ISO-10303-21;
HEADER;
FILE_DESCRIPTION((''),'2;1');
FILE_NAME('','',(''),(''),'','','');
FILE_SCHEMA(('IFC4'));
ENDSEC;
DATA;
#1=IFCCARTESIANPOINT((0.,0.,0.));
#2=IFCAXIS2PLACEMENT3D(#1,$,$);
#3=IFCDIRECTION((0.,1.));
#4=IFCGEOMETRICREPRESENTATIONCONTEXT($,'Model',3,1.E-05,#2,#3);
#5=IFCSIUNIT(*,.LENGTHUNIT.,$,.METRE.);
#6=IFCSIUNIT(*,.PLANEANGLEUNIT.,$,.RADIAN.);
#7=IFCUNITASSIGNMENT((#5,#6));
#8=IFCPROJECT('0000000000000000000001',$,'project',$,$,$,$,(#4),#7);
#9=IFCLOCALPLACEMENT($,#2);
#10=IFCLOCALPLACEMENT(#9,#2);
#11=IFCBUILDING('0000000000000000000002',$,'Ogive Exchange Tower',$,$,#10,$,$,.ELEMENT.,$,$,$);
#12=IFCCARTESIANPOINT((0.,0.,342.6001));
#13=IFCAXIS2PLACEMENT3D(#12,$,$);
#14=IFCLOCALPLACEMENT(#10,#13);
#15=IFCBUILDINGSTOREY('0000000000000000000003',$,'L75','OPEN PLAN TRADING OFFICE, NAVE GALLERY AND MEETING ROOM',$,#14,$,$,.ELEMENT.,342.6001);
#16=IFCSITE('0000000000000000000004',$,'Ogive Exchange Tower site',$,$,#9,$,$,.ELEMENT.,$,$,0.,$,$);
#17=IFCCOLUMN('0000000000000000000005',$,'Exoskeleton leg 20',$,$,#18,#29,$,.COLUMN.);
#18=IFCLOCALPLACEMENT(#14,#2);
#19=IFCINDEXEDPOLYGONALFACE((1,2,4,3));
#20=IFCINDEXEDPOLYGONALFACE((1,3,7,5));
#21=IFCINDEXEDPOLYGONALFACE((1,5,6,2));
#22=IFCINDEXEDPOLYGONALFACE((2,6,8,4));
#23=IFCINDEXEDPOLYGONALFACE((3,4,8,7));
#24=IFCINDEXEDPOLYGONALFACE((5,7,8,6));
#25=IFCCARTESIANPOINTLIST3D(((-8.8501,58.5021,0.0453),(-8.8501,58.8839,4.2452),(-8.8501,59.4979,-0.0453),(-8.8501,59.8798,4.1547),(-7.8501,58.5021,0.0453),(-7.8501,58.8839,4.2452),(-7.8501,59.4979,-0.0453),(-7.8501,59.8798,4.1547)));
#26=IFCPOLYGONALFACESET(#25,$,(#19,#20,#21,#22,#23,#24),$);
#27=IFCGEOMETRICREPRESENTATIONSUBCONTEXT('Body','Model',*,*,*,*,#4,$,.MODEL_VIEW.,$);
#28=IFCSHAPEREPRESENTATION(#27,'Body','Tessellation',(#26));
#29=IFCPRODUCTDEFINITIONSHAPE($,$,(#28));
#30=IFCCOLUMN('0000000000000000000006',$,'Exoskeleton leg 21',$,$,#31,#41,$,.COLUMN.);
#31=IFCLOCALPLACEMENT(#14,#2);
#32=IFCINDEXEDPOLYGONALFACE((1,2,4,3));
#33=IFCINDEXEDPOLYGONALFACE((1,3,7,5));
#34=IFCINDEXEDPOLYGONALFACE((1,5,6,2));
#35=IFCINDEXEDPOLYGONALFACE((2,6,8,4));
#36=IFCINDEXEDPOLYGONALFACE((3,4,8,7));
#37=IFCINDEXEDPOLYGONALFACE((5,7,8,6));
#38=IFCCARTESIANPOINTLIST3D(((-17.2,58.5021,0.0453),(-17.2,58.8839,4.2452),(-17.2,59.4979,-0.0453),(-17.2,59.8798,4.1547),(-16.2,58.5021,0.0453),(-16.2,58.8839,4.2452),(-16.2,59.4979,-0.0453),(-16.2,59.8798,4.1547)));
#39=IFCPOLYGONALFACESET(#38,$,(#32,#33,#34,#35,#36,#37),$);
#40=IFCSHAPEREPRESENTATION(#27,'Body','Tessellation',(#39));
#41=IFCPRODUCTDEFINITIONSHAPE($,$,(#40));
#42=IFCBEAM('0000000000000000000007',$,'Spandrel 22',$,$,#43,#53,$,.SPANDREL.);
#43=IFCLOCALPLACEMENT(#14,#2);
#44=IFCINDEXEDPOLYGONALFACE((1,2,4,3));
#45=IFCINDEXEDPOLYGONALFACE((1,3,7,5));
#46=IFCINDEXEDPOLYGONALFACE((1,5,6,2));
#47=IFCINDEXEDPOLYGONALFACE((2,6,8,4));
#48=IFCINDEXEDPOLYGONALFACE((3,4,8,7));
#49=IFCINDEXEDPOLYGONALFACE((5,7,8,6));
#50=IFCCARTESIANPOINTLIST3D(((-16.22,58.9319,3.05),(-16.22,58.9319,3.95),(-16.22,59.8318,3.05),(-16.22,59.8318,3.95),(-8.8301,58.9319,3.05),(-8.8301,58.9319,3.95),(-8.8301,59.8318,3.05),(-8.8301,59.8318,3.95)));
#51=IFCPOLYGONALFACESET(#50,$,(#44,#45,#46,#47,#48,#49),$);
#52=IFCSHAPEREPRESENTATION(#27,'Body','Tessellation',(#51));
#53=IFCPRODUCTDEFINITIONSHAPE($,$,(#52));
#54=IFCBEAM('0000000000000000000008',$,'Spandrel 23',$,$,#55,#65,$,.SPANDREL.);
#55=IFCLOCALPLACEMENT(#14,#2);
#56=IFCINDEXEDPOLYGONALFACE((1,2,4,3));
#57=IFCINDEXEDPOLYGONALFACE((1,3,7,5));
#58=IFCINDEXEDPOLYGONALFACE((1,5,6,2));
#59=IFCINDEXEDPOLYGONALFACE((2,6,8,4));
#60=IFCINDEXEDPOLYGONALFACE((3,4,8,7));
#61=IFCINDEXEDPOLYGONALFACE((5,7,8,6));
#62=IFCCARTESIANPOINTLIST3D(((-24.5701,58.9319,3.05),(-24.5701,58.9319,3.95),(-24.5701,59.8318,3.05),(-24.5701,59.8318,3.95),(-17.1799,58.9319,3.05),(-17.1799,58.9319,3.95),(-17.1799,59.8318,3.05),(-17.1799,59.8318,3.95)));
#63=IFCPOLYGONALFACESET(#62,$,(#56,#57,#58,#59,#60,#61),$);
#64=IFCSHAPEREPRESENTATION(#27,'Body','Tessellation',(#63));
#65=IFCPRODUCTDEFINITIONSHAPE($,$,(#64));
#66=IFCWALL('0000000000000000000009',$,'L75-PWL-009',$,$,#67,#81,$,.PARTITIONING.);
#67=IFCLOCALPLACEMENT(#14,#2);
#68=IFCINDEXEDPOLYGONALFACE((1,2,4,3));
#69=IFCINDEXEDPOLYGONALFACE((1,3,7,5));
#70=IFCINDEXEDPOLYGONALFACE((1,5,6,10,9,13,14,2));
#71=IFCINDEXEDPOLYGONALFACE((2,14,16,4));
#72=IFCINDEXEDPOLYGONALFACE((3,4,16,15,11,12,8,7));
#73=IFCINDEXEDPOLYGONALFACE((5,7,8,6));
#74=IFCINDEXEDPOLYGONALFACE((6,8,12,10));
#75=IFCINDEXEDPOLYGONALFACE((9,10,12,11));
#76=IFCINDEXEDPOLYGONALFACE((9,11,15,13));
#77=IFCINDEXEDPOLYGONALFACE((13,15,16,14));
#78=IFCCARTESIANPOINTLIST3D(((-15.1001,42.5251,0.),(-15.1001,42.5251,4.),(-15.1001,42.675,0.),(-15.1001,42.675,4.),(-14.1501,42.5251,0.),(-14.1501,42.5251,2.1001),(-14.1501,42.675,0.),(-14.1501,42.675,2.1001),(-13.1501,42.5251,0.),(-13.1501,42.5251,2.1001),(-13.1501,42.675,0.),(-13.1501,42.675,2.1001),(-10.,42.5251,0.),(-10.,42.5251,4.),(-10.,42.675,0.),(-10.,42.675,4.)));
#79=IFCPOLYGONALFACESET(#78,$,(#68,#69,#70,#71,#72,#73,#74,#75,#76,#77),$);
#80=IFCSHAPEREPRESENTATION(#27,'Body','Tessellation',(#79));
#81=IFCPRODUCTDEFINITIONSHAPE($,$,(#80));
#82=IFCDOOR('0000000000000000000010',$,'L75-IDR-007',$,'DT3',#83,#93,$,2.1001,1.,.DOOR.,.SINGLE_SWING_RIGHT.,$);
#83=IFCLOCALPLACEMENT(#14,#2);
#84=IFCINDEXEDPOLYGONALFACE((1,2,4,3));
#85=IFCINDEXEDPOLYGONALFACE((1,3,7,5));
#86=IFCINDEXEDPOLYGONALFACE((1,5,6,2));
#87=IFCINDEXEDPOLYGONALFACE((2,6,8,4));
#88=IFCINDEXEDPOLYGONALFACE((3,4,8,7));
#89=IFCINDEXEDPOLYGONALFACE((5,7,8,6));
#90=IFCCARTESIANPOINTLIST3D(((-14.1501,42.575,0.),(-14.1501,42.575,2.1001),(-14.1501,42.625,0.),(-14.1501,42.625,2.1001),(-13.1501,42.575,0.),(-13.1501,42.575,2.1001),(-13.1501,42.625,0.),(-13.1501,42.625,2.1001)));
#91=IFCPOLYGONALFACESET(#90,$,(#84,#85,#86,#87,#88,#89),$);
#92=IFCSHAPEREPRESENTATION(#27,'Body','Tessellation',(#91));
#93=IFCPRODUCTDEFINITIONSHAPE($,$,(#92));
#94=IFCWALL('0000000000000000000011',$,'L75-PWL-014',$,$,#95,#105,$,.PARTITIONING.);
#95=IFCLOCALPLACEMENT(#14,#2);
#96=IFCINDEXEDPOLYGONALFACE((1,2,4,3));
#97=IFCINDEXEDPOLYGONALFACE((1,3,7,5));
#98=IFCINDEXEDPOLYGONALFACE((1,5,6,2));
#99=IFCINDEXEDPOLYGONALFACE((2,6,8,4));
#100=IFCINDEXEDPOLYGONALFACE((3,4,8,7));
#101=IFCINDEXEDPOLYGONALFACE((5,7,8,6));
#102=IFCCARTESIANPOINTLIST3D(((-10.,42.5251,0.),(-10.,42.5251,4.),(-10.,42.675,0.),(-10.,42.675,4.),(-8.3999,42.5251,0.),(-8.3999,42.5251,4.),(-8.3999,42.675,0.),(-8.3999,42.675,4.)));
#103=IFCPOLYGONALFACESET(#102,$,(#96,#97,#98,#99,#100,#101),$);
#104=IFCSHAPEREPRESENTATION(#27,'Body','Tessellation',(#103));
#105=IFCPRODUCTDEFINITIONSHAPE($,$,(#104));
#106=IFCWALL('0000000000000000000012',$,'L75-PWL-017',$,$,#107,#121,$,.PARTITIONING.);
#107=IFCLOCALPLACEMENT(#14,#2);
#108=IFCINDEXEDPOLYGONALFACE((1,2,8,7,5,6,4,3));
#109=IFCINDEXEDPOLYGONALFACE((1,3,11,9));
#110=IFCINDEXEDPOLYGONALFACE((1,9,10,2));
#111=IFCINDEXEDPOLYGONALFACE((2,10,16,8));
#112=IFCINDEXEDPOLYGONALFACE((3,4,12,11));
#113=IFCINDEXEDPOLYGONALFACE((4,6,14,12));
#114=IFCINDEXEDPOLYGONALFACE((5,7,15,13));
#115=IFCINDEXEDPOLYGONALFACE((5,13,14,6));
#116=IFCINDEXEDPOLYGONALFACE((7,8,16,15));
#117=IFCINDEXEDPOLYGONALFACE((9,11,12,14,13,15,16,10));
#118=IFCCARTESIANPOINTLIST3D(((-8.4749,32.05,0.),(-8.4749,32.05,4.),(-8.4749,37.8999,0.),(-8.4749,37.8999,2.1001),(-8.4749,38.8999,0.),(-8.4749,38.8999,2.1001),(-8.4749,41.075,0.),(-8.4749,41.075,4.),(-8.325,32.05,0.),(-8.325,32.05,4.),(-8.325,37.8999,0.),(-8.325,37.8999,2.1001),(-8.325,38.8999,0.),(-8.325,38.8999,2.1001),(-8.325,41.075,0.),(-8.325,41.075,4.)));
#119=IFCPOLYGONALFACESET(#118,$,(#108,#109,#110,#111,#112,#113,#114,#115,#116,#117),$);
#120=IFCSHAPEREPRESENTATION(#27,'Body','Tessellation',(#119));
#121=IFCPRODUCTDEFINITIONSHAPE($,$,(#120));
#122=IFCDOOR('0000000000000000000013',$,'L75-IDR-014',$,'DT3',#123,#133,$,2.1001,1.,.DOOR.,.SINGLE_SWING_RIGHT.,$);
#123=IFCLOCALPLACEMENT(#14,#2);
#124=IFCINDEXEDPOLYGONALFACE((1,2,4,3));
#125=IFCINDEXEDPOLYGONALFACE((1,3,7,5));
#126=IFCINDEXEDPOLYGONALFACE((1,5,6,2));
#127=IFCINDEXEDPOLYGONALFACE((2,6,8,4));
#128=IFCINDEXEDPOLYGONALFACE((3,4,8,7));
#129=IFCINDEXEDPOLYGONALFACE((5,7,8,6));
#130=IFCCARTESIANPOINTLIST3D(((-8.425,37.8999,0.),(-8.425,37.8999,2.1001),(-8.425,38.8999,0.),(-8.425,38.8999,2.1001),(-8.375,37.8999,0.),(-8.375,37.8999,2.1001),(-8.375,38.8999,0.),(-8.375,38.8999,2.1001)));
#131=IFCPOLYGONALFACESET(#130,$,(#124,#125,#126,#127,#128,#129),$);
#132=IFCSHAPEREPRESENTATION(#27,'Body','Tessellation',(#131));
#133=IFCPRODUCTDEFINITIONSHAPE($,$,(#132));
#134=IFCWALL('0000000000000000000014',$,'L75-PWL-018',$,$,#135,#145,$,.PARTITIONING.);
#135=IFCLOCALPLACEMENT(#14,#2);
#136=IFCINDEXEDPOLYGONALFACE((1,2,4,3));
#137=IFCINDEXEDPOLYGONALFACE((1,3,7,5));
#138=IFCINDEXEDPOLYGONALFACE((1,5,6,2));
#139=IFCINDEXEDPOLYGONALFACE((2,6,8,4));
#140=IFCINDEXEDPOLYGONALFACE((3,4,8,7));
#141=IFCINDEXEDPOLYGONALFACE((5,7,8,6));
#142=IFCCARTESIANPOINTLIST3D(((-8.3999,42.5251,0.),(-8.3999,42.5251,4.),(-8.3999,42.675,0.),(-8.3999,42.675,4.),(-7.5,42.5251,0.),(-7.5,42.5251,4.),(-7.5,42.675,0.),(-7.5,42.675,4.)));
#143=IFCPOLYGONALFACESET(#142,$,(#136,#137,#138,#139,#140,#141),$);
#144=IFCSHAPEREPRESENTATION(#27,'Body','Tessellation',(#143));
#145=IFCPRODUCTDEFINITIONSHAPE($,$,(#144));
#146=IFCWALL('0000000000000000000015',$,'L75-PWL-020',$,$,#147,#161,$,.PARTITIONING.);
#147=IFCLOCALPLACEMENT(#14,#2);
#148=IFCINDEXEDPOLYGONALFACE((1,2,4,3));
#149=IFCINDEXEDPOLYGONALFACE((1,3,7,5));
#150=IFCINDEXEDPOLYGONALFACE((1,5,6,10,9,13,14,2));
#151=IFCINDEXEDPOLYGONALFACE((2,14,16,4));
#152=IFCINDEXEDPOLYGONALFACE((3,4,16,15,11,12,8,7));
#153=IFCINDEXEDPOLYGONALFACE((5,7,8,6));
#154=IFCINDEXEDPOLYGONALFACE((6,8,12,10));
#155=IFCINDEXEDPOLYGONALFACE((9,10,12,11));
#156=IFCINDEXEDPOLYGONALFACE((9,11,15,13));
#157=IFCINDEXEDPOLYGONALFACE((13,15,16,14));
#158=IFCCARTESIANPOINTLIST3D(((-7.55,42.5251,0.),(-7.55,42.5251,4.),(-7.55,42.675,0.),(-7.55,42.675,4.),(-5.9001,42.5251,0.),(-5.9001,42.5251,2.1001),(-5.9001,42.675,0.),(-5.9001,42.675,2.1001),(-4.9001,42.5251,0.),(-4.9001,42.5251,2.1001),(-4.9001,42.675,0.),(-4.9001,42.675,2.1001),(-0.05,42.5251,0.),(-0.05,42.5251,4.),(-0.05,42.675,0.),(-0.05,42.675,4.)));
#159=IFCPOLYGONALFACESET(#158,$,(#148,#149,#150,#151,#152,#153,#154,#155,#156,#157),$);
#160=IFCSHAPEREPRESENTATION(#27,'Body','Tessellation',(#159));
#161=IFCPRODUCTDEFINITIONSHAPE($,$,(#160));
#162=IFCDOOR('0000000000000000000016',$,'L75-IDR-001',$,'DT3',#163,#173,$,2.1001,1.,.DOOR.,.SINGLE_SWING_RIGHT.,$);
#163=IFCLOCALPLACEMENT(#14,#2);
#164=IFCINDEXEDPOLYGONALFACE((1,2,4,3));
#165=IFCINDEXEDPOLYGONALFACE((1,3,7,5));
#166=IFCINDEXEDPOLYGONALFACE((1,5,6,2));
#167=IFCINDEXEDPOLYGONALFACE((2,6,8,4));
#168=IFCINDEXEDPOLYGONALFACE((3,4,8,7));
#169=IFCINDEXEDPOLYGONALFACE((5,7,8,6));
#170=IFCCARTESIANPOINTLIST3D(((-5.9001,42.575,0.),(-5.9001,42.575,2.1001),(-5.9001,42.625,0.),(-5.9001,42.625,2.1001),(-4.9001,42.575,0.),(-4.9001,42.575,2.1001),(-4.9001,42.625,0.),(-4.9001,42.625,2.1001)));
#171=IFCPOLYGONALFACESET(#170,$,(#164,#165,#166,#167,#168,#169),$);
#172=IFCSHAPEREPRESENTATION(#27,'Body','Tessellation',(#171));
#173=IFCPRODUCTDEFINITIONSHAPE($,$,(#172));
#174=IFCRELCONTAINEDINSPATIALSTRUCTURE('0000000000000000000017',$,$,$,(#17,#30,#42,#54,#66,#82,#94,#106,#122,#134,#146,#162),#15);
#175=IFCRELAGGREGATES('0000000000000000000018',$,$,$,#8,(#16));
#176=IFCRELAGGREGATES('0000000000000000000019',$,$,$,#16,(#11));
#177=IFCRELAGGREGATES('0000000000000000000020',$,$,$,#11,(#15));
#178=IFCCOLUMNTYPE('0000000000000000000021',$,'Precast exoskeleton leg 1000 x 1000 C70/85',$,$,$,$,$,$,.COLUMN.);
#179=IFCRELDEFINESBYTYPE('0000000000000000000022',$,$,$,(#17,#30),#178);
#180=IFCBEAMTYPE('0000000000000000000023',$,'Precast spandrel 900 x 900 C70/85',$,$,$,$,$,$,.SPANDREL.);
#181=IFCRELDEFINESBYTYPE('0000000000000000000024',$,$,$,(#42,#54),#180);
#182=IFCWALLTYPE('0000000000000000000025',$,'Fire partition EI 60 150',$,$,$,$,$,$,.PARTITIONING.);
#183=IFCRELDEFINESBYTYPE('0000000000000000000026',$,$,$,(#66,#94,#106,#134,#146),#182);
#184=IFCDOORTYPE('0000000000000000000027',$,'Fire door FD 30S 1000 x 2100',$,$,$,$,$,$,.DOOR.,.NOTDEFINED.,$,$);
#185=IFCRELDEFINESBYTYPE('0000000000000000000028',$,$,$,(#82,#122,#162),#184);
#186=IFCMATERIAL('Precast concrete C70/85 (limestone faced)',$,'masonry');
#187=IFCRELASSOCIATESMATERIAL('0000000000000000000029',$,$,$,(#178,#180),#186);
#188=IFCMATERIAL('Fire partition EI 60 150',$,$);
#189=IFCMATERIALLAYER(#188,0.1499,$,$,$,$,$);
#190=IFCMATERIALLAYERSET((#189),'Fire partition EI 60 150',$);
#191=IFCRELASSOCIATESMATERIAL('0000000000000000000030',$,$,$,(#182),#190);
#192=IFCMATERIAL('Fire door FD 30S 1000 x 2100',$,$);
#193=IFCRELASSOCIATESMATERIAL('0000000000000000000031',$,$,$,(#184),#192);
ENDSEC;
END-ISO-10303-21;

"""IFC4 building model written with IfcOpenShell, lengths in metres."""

from ifc_helpers import new_model, si_unit, direction, frame, frame_2d, origin, origin_2d, place, context, subcontext, project, spatial, rectangle, extrude, material, layer, layer_set, material_profile, profile_set, type_object, element, fill, save


model = new_model("IFC4")

# Units and contexts
model_context = context("Model", 3, precision=1e-05, world=origin(), true_north=direction((0.0, 1.0)))
body_context = subcontext(model_context, "Body", "Model", "MODEL_VIEW")
ifc_project = project(units=[si_unit("LENGTHUNIT", "METRE"), si_unit("PLANEANGLEUNIT", "RADIAN")], contexts=[model_context])

# Site, building, storey
site_placement = place(None, origin())
site = spatial("IfcSite", under=ifc_project, at=site_placement, Name="Ogive Exchange Tower site", CompositionType="ELEMENT", RefElevation=0.0)
building_placement = place(site_placement, origin())
building = spatial("IfcBuilding", under=site, at=building_placement, Name="Ogive Exchange Tower", CompositionType="ELEMENT")
storey_placement = place(building_placement, frame((0.0, 0.0, 342.6001)))
storey = spatial("IfcBuildingStorey", under=building, at=storey_placement, Name="L75", Description="OPEN PLAN TRADING OFFICE, NAVE GALLERY AND MEETING ROOM", CompositionType="ELEMENT", Elevation=342.6001)

# Columns
ifc_material_1 = material(Name="Precast concrete C70/85 (limestone faced)", Category="masonry")
ifc_material_profile_1 = material_profile(ifc_material_1, rectangle(XDim=1.0, YDim=1.0, at=origin_2d()), Name="1000 x 1000")
ifc_profile_set_1 = profile_set([ifc_material_profile_1], Name="Precast concrete C70/85 (limestone faced)")
column_type = type_object("IfcColumnType", Name="Precast exoskeleton leg 1000 x 1000 C70/85", PredefinedType="COLUMN", material=ifc_profile_set_1)
for number, where, z_axis, x_axis, name in (
    (1, (-8.3501, 59.0, 0.0), (0.0, 0.090541, 0.995893), (-1.0, 0.0, 0.0), "Exoskeleton leg 20"),
    (2, (-16.7, 59.0, 0.0), (0.0, 0.090541, 0.995893), (-1.0, 0.0, 0.0), "Exoskeleton leg 21"),
):
    element("IfcColumn", number, at=place(storey_placement, frame(where, z_axis=z_axis, x_axis=x_axis)), inside=storey, type_object=column_type, Name=name, PredefinedType="COLUMN", context=body_context, shape_type="SweptSolid", body=[
        extrude(rectangle(XDim=1.0, YDim=1.0, at=origin_2d()), origin(), (0.0, 0.0, 1.0), 4.2173),
    ])

# Beams
ifc_material_profile_2 = material_profile(ifc_material_1, rectangle(XDim=0.8999, YDim=0.8999, at=origin_2d()), Name="900 x 900")
ifc_profile_set_2 = profile_set([ifc_material_profile_2], Name="Precast concrete C70/85 (limestone faced)")
beam_type = type_object("IfcBeamType", Name="Precast spandrel 900 x 900 C70/85", PredefinedType="SPANDREL", material=ifc_profile_set_2)
beam_1_placement = place(storey_placement, frame((-8.8301, 59.3818, 3.5), z_axis=(-1.0, 0.0, 0.0), x_axis=(0.0, -1.0, 0.0)))
element("IfcBeam", 3, at=beam_1_placement, inside=storey, type_object=beam_type, Name="Spandrel 22", PredefinedType="SPANDREL", context=body_context, shape_type="SweptSolid", body=[
    extrude(rectangle(XDim=0.8999, YDim=0.8999, at=origin_2d()), origin(), (0.0, 0.0, 1.0), 7.3899),
])
beam_2_placement = place(storey_placement, frame((-17.1799, 59.3818, 3.5), z_axis=(-1.0, 0.0, 0.0), x_axis=(0.0, -1.0, 0.0)))
element("IfcBeam", 4, at=beam_2_placement, inside=storey, type_object=beam_type, Name="Spandrel 23", PredefinedType="SPANDREL", context=body_context, shape_type="SweptSolid", body=[
    extrude(rectangle(XDim=0.8999, YDim=0.8999, at=origin_2d()), origin(), (0.0, 0.0, 1.0), 7.3901),
])

# Wall, opening, door
ifc_material_2 = material(Name="Fire partition EI 60 150")
ifc_layer_1 = layer(ifc_material_2, 0.1499)
ifc_layer_set_1 = layer_set([ifc_layer_1], Name="Fire partition EI 60 150")
wall_type_1 = type_object("IfcWallType", Name="Fire partition EI 60 150", PredefinedType="PARTITIONING", material=ifc_layer_set_1)
wall_1_placement = place(storey_placement, frame((-15.1001, 42.6001, 0.0), z_axis=(0.0, 0.0, 1.0), x_axis=(1.0, 0.0, 0.0)))
wall_1 = element("IfcWall", 5, at=wall_1_placement, inside=storey, type_object=wall_type_1, Name="L75-PWL-009", PredefinedType="PARTITIONING", context=body_context, shape_type="SweptSolid", body=[
    extrude(rectangle(XDim=5.1001, YDim=0.1499, at=frame_2d((2.55, 0.0))), origin(), (0.0, 0.0, 1.0), 4.0),
])
opening_1_placement = place(wall_1_placement, frame((0.95, 0.0, 0.0)))
opening_1 = element("IfcOpeningElement", 6, at=opening_1_placement, cuts=wall_1, PredefinedType="OPENING", context=body_context, shape_type="SweptSolid", body=[
    extrude(rectangle(XDim=1.0, YDim=2.1001, at=frame_2d((0.5, 1.05))), frame((0.0, 0.085, 0.0), z_axis=(0.0, -1.0, 0.0), x_axis=(1.0, 0.0, 0.0)), (0.0, 0.0, 1.0), 0.1699),
])
ifc_material_3 = material(Name="Fire door FD 30S 1000 x 2100")
door_type_1 = type_object("IfcDoorType", Name="Fire door FD 30S 1000 x 2100", OperationType="NOTDEFINED", PredefinedType="DOOR", material=ifc_material_3)
door_1_placement = place(opening_1_placement, origin())
door_1 = element("IfcDoor", 7, at=door_1_placement, inside=storey, type_object=door_type_1, Name="L75-IDR-007", ObjectType="DT3", OperationType="SINGLE_SWING_RIGHT", OverallHeight=2.1001, OverallWidth=1.0, PredefinedType="DOOR", context=body_context, shape_type="SweptSolid", body=[
    extrude(rectangle(XDim=1.0, YDim=2.1001, at=frame_2d((0.5, 1.05))), frame((0.0, 0.0249, 0.0), z_axis=(0.0, -1.0, 0.0), x_axis=(1.0, 0.0, 0.0)), (0.0, 0.0, 1.0), 0.05),
])
fill(opening_1, door_1)

# Wall
wall_2_placement = place(storey_placement, frame((-10.0, 42.6001, 0.0), z_axis=(0.0, 0.0, 1.0), x_axis=(1.0, 0.0, 0.0)))
element("IfcWall", 8, at=wall_2_placement, inside=storey, type_object=wall_type_1, Name="L75-PWL-014", PredefinedType="PARTITIONING", context=body_context, shape_type="SweptSolid", body=[
    extrude(rectangle(XDim=1.6001, YDim=0.1499, at=frame_2d((0.8, 0.0))), origin(), (0.0, 0.0, 1.0), 4.0),
])

# Wall, opening, door
wall_3_placement = place(storey_placement, frame((-8.3999, 41.075, 0.0), z_axis=(0.0, 0.0, 1.0), x_axis=(0.0, -1.0, 0.0)))
wall_3 = element("IfcWall", 9, at=wall_3_placement, inside=storey, type_object=wall_type_1, Name="L75-PWL-017", PredefinedType="PARTITIONING", context=body_context, shape_type="SweptSolid", body=[
    extrude(rectangle(XDim=9.0249, YDim=0.1499, at=frame_2d((4.5125, 0.0))), origin(), (0.0, 0.0, 1.0), 4.0),
])
opening_2_placement = place(wall_3_placement, frame((2.175, 0.0, 0.0)))
opening_2 = element("IfcOpeningElement", 10, at=opening_2_placement, cuts=wall_3, PredefinedType="OPENING", context=body_context, shape_type="SweptSolid", body=[
    extrude(rectangle(XDim=1.0, YDim=2.1001, at=frame_2d((0.5, 1.05))), frame((0.0, 0.085, 0.0), z_axis=(0.0, -1.0, 0.0), x_axis=(1.0, 0.0, 0.0)), (0.0, 0.0, 1.0), 0.1699),
])
door_2_placement = place(opening_2_placement, origin())
door_2 = element("IfcDoor", 11, at=door_2_placement, inside=storey, type_object=door_type_1, Name="L75-IDR-014", ObjectType="DT3", OperationType="SINGLE_SWING_RIGHT", OverallHeight=2.1001, OverallWidth=1.0, PredefinedType="DOOR", context=body_context, shape_type="SweptSolid", body=[
    extrude(rectangle(XDim=1.0, YDim=2.1001, at=frame_2d((0.5, 1.05))), frame((0.0, 0.0249, 0.0), z_axis=(0.0, -1.0, 0.0), x_axis=(1.0, 0.0, 0.0)), (0.0, 0.0, 1.0), 0.05),
])
fill(opening_2, door_2)

# Wall
wall_4_placement = place(storey_placement, frame((-8.3999, 42.6001, 0.0), z_axis=(0.0, 0.0, 1.0), x_axis=(1.0, 0.0, 0.0)))
element("IfcWall", 12, at=wall_4_placement, inside=storey, type_object=wall_type_1, Name="L75-PWL-018", PredefinedType="PARTITIONING", context=body_context, shape_type="SweptSolid", body=[
    extrude(rectangle(XDim=0.8999, YDim=0.1499, at=frame_2d((0.45, 0.0))), origin(), (0.0, 0.0, 1.0), 4.0),
])

# Wall, opening, door
wall_5_placement = place(storey_placement, frame((-7.55, 42.6001, 0.0), z_axis=(0.0, 0.0, 1.0), x_axis=(1.0, 0.0, 0.0)))
wall_5 = element("IfcWall", 13, at=wall_5_placement, inside=storey, type_object=wall_type_1, Name="L75-PWL-020", PredefinedType="PARTITIONING", context=body_context, shape_type="SweptSolid", body=[
    extrude(rectangle(XDim=7.5, YDim=0.1499, at=frame_2d((3.75, 0.0))), origin(), (0.0, 0.0, 1.0), 4.0),
])
opening_3_placement = place(wall_5_placement, frame((1.6499, 0.0, 0.0)))
opening_3 = element("IfcOpeningElement", 14, at=opening_3_placement, cuts=wall_5, PredefinedType="OPENING", context=body_context, shape_type="SweptSolid", body=[
    extrude(rectangle(XDim=1.0, YDim=2.1001, at=frame_2d((0.5, 1.05))), frame((0.0, 0.085, 0.0), z_axis=(0.0, -1.0, 0.0), x_axis=(1.0, 0.0, 0.0)), (0.0, 0.0, 1.0), 0.1699),
])
door_3_placement = place(opening_3_placement, origin())
door_3 = element("IfcDoor", 15, at=door_3_placement, inside=storey, type_object=door_type_1, Name="L75-IDR-001", ObjectType="DT3", OperationType="SINGLE_SWING_RIGHT", OverallHeight=2.1001, OverallWidth=1.0, PredefinedType="DOOR", context=body_context, shape_type="SweptSolid", body=[
    extrude(rectangle(XDim=1.0, YDim=2.1001, at=frame_2d((0.5, 1.05))), frame((0.0, 0.0249, 0.0), z_axis=(0.0, -1.0, 0.0), x_axis=(1.0, 0.0, 0.0)), (0.0, 0.0, 1.0), 0.05),
])
fill(opening_3, door_3)

save(model, "model.ifc")
